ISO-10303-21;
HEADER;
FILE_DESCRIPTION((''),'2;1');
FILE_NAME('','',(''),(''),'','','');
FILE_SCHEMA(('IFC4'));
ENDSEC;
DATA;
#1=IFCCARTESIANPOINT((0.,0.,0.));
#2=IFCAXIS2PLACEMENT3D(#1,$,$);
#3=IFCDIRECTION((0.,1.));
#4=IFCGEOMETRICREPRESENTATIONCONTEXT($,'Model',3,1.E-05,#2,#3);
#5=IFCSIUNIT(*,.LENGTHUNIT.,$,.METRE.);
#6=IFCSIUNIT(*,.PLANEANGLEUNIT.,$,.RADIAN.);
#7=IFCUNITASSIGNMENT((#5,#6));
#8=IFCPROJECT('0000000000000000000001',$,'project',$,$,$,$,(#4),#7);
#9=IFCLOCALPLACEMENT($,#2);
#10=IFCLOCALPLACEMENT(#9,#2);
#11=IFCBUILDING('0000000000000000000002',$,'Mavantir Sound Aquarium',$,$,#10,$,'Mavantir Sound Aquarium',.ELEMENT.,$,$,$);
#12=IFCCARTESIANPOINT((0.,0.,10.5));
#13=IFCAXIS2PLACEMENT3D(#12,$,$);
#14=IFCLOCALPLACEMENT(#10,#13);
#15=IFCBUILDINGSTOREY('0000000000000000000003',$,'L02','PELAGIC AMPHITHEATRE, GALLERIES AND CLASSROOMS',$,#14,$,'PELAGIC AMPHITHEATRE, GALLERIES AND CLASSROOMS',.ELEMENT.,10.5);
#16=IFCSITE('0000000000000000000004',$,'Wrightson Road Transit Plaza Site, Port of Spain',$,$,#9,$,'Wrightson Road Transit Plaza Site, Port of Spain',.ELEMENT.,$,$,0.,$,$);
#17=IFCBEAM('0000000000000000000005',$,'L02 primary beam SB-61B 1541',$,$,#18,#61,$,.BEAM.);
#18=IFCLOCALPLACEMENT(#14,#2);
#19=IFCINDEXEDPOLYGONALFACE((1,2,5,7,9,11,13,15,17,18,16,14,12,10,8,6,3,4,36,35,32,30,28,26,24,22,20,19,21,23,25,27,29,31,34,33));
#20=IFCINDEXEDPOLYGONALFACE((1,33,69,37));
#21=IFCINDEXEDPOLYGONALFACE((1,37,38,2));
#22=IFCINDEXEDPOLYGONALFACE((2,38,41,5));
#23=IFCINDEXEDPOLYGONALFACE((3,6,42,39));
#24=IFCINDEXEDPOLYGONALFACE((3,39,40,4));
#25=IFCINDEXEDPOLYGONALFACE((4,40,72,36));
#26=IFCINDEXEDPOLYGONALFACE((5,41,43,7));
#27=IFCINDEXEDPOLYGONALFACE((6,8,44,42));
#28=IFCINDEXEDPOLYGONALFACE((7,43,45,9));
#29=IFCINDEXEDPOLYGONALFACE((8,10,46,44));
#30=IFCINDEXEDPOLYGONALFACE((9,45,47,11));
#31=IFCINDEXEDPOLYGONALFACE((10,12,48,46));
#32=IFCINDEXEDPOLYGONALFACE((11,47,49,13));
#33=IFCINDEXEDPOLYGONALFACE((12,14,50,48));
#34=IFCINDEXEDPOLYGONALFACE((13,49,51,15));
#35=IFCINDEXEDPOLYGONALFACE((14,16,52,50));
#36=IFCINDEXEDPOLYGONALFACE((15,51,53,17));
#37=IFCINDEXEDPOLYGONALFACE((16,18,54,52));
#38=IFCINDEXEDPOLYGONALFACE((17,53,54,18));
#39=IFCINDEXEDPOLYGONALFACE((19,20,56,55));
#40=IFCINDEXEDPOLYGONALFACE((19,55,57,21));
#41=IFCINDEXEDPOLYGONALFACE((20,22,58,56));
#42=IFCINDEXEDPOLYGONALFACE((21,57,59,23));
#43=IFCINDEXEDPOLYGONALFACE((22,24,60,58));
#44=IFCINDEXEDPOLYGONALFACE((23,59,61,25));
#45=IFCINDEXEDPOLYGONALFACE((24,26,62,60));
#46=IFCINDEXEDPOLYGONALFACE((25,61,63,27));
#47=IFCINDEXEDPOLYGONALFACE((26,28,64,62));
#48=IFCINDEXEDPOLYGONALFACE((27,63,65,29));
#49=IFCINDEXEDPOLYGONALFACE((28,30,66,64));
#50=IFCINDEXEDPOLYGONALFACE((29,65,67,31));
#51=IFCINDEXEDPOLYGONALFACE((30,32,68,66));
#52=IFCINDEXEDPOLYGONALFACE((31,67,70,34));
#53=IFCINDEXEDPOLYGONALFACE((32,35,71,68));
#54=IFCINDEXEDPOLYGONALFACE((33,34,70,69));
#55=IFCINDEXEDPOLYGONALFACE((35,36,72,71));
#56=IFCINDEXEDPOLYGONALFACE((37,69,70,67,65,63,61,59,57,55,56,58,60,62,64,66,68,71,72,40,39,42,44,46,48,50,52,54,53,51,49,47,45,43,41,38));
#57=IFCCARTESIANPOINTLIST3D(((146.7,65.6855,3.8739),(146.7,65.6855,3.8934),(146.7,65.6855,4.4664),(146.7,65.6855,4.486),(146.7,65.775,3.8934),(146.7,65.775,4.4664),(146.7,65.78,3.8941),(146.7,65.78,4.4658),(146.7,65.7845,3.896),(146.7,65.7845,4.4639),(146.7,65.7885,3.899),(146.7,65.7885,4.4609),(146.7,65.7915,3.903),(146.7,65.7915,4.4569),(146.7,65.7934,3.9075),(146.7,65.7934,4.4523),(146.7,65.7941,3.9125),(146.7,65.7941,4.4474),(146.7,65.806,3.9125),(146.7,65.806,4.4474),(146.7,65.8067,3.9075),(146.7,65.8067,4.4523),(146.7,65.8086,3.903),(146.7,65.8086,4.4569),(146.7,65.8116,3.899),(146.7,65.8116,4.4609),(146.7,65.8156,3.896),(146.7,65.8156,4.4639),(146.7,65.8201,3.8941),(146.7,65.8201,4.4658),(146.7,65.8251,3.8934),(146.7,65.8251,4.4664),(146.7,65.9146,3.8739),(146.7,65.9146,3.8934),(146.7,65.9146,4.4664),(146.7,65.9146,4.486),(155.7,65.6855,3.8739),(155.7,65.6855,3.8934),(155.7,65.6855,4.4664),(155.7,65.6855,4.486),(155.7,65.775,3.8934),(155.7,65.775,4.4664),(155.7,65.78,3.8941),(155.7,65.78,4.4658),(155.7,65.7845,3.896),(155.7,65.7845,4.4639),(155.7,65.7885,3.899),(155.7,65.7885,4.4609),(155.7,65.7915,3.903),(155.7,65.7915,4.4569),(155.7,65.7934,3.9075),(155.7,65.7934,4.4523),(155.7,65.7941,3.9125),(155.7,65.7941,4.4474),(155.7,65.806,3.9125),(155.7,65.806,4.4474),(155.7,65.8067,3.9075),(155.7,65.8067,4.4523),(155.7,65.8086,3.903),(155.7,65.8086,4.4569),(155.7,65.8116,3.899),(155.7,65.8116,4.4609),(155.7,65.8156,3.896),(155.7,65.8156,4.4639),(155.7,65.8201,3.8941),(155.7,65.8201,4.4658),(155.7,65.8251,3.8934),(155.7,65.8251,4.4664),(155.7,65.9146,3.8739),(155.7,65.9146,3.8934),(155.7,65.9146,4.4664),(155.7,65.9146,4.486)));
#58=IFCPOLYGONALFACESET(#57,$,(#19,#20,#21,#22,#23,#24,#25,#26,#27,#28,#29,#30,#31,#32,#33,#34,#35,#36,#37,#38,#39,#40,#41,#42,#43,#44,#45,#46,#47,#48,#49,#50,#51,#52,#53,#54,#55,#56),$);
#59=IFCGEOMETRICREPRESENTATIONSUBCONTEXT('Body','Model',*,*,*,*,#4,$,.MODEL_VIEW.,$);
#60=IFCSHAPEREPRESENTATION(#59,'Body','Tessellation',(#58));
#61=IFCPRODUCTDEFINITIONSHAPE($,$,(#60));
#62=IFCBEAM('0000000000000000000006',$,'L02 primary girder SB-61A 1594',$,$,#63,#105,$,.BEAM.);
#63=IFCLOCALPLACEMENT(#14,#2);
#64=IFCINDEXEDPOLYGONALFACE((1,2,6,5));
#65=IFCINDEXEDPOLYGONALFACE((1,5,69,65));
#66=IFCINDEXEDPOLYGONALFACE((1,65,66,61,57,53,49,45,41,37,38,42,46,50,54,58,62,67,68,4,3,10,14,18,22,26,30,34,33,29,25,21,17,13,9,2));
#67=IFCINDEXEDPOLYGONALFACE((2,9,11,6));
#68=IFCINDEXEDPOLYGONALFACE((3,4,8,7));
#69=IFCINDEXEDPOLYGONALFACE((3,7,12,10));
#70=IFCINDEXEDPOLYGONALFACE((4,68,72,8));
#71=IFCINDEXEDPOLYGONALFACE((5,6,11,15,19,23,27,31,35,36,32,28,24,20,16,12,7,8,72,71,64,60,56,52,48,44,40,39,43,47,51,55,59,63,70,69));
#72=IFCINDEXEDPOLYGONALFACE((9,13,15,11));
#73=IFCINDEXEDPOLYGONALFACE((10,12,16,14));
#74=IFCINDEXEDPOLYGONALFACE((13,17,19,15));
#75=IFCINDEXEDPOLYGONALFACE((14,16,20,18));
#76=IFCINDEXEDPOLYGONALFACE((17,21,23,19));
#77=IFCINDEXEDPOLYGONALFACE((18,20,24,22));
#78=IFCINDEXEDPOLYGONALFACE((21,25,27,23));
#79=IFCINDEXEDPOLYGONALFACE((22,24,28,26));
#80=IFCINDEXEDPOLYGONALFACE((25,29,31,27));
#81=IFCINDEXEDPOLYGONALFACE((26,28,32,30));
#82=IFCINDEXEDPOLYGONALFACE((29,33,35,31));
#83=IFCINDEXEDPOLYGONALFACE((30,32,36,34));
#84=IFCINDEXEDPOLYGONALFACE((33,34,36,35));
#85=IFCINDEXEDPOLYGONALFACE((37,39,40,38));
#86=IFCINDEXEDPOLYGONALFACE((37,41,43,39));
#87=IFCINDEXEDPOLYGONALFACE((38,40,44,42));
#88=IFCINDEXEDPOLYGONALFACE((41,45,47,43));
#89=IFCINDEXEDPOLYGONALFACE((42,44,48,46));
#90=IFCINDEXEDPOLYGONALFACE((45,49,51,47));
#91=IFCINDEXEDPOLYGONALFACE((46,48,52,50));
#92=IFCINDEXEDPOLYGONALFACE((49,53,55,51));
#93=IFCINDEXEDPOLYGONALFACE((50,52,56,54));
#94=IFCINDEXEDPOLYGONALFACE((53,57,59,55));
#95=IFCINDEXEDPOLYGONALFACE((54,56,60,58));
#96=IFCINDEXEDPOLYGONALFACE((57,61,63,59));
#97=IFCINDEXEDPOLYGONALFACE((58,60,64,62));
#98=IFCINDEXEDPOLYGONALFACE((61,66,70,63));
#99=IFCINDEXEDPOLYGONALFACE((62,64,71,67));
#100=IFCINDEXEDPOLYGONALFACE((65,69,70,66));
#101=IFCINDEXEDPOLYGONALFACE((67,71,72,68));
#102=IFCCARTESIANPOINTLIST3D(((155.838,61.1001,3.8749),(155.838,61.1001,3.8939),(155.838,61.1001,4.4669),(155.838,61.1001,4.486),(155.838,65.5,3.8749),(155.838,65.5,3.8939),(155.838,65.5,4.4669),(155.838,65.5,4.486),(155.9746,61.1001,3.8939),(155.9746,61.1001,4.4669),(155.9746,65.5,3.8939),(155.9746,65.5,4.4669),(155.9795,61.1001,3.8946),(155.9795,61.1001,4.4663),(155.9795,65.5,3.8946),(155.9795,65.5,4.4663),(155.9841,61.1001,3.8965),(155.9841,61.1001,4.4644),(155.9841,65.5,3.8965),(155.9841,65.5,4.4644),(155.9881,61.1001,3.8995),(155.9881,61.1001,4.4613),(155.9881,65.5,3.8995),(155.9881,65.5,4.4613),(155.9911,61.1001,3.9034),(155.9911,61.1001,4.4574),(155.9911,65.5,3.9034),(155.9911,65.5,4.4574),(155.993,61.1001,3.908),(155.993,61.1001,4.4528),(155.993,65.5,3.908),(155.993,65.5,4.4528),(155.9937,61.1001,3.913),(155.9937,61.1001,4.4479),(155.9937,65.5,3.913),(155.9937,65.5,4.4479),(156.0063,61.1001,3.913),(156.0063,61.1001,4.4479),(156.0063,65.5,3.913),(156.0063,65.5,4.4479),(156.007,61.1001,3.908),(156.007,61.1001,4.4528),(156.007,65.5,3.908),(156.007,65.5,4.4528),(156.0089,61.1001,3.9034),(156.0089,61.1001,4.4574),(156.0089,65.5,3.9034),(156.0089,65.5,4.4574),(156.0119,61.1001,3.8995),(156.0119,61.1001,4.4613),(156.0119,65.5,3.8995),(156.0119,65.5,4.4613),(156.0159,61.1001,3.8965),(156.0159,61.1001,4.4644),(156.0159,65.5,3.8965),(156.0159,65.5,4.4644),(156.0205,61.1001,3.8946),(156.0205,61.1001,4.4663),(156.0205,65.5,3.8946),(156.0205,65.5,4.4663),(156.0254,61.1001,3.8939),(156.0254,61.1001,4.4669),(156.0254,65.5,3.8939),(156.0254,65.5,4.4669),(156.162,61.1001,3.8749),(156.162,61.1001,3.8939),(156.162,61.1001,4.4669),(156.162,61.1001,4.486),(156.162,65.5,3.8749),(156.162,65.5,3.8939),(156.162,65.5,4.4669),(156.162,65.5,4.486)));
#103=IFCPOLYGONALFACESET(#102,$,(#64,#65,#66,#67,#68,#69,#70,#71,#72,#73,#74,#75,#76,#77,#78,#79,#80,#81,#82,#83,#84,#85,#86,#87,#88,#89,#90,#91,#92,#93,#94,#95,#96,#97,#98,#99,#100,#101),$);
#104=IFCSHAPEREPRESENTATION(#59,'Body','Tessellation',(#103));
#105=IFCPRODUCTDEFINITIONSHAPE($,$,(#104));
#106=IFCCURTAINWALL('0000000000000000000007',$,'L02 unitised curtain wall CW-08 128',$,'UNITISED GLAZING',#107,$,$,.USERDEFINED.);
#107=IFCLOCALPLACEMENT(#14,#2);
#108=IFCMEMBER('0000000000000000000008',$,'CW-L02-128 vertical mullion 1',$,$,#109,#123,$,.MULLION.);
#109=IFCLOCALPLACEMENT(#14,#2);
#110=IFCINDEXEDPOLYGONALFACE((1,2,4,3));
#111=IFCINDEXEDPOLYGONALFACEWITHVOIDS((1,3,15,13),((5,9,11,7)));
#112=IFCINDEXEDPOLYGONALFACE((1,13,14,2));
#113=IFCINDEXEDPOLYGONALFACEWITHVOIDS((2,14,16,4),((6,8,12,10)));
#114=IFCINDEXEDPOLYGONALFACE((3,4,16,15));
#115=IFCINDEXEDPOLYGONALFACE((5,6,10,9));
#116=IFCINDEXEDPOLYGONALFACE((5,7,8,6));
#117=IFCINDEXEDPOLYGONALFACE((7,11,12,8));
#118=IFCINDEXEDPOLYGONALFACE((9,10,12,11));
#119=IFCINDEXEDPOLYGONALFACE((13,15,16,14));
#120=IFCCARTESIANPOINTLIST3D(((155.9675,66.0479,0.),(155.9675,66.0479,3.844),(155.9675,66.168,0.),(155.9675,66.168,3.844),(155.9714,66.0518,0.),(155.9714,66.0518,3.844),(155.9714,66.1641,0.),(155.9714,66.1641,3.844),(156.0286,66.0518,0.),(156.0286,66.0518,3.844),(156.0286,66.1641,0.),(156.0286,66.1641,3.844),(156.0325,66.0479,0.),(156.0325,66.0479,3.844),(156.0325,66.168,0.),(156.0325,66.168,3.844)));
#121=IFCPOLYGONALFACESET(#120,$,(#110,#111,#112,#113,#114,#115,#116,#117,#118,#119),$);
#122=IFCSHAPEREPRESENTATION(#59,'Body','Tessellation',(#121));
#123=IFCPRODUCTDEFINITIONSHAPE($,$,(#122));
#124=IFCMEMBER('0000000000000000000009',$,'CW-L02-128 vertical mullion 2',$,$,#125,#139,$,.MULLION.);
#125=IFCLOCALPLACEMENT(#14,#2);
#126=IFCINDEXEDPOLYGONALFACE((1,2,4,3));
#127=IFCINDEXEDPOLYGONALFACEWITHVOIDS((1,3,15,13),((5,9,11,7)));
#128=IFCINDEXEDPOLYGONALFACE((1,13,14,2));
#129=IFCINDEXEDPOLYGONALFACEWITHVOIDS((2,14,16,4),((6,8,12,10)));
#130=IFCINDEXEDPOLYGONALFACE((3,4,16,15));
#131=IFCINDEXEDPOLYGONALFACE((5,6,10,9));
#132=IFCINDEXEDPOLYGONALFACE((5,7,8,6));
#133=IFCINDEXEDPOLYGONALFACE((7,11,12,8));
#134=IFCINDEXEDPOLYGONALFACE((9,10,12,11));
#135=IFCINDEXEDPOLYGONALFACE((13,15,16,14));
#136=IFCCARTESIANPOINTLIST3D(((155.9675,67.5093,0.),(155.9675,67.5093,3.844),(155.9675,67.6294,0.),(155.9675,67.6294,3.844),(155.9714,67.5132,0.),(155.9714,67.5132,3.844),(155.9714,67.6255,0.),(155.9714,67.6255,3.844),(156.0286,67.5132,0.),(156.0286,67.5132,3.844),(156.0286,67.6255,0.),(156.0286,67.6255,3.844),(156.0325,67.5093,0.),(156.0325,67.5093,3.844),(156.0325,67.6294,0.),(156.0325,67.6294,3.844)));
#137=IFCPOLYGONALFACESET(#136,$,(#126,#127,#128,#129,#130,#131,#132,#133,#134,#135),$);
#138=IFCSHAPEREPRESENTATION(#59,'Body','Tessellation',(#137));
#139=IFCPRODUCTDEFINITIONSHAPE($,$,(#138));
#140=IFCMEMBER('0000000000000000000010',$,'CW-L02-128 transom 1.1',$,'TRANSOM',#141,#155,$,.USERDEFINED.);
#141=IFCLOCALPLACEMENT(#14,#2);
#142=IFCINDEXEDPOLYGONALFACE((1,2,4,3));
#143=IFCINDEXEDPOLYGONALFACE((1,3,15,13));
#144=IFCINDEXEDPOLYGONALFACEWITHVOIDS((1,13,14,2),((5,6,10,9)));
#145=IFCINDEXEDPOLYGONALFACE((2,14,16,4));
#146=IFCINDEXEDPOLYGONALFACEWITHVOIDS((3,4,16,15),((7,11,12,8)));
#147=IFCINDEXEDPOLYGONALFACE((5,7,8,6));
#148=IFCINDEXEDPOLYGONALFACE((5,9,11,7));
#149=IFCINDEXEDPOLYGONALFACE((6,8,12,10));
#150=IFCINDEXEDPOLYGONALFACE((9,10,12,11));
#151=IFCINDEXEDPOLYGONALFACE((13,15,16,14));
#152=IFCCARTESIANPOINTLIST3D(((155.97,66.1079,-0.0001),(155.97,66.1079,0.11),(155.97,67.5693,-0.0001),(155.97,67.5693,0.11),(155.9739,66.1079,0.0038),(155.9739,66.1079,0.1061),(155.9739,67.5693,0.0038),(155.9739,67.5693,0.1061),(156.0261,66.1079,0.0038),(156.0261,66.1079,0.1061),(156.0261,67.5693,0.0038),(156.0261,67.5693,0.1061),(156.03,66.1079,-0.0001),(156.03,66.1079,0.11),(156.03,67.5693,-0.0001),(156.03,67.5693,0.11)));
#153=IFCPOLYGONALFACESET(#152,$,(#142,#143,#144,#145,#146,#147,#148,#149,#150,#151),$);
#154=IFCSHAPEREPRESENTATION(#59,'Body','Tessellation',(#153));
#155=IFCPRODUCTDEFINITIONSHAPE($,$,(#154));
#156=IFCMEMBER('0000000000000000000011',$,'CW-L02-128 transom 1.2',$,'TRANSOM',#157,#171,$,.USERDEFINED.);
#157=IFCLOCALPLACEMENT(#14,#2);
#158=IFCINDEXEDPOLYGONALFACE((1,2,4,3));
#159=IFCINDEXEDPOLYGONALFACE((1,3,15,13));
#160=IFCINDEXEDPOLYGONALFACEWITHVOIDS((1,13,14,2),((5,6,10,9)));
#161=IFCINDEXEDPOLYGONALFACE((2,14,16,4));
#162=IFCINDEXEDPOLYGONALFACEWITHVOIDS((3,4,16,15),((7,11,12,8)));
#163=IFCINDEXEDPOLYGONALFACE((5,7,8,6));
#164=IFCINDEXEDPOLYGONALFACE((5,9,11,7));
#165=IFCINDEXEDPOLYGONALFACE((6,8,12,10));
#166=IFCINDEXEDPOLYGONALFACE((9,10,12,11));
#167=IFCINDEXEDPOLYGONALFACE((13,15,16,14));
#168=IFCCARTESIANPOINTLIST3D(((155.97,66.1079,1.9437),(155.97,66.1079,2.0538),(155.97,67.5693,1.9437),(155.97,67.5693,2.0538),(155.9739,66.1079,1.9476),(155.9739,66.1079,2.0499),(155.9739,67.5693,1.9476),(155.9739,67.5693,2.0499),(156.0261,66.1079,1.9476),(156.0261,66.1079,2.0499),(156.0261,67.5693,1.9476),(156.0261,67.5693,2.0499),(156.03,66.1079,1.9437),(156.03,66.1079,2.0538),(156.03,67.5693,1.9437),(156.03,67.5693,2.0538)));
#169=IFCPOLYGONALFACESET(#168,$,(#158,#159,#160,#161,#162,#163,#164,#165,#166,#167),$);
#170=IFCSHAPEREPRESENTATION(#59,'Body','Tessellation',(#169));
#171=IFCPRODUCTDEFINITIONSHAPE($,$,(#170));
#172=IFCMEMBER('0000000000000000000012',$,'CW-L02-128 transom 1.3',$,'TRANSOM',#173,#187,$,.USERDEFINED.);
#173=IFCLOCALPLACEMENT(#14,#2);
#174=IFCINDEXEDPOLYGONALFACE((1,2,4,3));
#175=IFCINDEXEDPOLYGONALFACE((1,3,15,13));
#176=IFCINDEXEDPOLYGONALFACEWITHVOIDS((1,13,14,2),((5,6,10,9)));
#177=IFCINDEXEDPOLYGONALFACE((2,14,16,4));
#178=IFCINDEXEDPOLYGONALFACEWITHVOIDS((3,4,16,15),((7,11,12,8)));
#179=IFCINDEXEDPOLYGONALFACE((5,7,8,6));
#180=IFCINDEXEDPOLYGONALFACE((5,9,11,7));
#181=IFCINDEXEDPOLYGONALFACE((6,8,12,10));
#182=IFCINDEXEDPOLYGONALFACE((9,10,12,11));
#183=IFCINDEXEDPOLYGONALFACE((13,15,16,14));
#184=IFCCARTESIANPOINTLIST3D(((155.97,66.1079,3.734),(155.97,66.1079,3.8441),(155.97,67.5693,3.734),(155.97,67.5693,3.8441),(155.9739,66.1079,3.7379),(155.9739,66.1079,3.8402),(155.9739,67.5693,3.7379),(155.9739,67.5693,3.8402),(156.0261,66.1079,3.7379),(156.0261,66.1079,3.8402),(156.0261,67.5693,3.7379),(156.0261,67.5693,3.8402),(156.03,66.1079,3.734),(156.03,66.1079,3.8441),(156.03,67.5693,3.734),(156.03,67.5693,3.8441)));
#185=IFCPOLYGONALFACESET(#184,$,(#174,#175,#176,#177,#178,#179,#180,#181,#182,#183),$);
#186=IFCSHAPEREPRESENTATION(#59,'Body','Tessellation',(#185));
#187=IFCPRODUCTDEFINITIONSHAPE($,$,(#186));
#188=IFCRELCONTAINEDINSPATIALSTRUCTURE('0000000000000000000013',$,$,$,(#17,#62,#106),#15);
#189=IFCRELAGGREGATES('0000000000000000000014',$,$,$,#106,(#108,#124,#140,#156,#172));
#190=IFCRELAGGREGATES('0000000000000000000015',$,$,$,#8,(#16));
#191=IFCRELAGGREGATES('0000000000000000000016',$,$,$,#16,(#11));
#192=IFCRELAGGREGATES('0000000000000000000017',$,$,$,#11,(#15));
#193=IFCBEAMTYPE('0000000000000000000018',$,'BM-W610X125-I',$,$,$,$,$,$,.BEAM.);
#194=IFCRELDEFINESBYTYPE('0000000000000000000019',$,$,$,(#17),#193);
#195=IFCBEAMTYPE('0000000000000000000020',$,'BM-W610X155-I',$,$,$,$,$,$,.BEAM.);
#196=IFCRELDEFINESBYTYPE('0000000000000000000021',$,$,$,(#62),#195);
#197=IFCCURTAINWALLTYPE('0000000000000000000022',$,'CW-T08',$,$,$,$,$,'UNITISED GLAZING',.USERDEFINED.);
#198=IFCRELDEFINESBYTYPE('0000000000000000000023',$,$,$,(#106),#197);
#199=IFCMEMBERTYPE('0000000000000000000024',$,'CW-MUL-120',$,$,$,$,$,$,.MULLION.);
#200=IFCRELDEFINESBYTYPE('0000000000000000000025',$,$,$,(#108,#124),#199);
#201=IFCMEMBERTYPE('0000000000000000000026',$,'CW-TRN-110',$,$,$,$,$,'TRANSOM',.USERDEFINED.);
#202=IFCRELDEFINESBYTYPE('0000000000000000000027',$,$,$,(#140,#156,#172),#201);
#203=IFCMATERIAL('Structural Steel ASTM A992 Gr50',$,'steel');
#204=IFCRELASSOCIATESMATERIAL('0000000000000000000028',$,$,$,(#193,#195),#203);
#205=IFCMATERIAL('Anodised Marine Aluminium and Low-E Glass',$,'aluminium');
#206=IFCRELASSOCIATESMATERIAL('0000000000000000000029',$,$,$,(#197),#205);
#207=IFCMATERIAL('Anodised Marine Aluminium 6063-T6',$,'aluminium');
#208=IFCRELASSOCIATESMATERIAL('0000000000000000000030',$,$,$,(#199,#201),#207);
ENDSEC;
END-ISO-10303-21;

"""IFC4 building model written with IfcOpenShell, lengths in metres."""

from ifc_helpers import new_model, si_unit, direction, frame, origin, origin_2d, place, context, subcontext, project, spatial, hollow_rectangle, i_section, extrude, material, material_profile, profile_set, type_object, element, aggregate, save


model = new_model("IFC4")

# Units and contexts
model_context = context("Model", 3, precision=1e-05, world=origin(), true_north=direction((0.0, 1.0)))
body_context = subcontext(model_context, "Body", "Model", "MODEL_VIEW")
ifc_project = project(units=[si_unit("LENGTHUNIT", "METRE"), si_unit("PLANEANGLEUNIT", "RADIAN")], contexts=[model_context])

# Site, building, storey
site_placement = place(None, origin())
site = spatial("IfcSite", under=ifc_project, at=site_placement, Name="Wrightson Road Transit Plaza Site, Port of Spain", LongName="Wrightson Road Transit Plaza Site, Port of Spain", CompositionType="ELEMENT", RefElevation=0.0)
building_placement = place(site_placement, origin())
building = spatial("IfcBuilding", under=site, at=building_placement, Name="Mavantir Sound Aquarium", LongName="Mavantir Sound Aquarium", CompositionType="ELEMENT")
storey_placement = place(building_placement, frame((0.0, 0.0, 10.5)))
storey = spatial("IfcBuildingStorey", under=building, at=storey_placement, Name="L02", Description="PELAGIC AMPHITHEATRE, GALLERIES AND CLASSROOMS", LongName="PELAGIC AMPHITHEATRE, GALLERIES AND CLASSROOMS", CompositionType="ELEMENT", Elevation=10.5)

# Beams
ifc_material_1 = material(Name="Structural Steel ASTM A992 Gr50", Category="steel")
ifc_material_profile_1 = material_profile(ifc_material_1, i_section(OverallWidth=0.229, OverallDepth=0.6121, WebThickness=0.012, FlangeThickness=0.0195, FilletRadius=0.019, at=origin_2d()), Name="W610X125")
ifc_profile_set_1 = profile_set([ifc_material_profile_1], Name="Structural Steel ASTM A992 Gr50")
beam_type_1 = type_object("IfcBeamType", Name="BM-W610X125-I", PredefinedType="BEAM", material=ifc_profile_set_1)
beam_1_placement = place(storey_placement, frame((146.7, 65.8, 4.1799), z_axis=(1.0, 0.0, 0.0), x_axis=(0.0, 1.0, 0.0)))
element("IfcBeam", 1, at=beam_1_placement, inside=storey, type_object=beam_type_1, Name="L02 primary beam SB-61B 1541", PredefinedType="BEAM", context=body_context, shape_type="SweptSolid", body=[
    extrude(i_section(OverallWidth=0.229, OverallDepth=0.6121, WebThickness=0.012, FlangeThickness=0.0195, FilletRadius=0.019, at=origin_2d()), origin(), (0.0, 0.0, 1.0), 9.0),
])
ifc_material_profile_2 = material_profile(ifc_material_1, i_section(OverallWidth=0.324, OverallDepth=0.6111, WebThickness=0.0127, FlangeThickness=0.019, FilletRadius=0.019, at=origin_2d()), Name="W610X155")
ifc_profile_set_2 = profile_set([ifc_material_profile_2], Name="Structural Steel ASTM A992 Gr50")
beam_type_2 = type_object("IfcBeamType", Name="BM-W610X155-I", PredefinedType="BEAM", material=ifc_profile_set_2)
beam_2_placement = place(storey_placement, frame((156.0, 61.1001, 4.1804), z_axis=(0.0, 1.0, 0.0), x_axis=(-1.0, 0.0, 0.0)))
element("IfcBeam", 2, at=beam_2_placement, inside=storey, type_object=beam_type_2, Name="L02 primary girder SB-61A 1594", PredefinedType="BEAM", context=body_context, shape_type="SweptSolid", body=[
    extrude(i_section(OverallWidth=0.324, OverallDepth=0.6111, WebThickness=0.0127, FlangeThickness=0.019, FilletRadius=0.019, at=origin_2d()), origin(), (0.0, 0.0, 1.0), 4.3999),
])

# Curtain wall, members
ifc_material_2 = material(Name="Anodised Marine Aluminium and Low-E Glass", Category="aluminium")
curtain_wall_type = type_object("IfcCurtainWallType", Name="CW-T08", ElementType="UNITISED GLAZING", PredefinedType="USERDEFINED", material=ifc_material_2)
curtain_wall_placement = place(storey_placement, origin())
curtain_wall = element("IfcCurtainWall", 3, at=curtain_wall_placement, inside=storey, type_object=curtain_wall_type, Name="L02 unitised curtain wall CW-08 128", ObjectType="UNITISED GLAZING", PredefinedType="USERDEFINED")
ifc_material_3 = material(Name="Anodised Marine Aluminium 6063-T6", Category="aluminium")
ifc_material_profile_3 = material_profile(ifc_material_3, hollow_rectangle(XDim=0.0649, YDim=0.1201, WallThickness=0.0039, at=origin_2d()), Name="ALU-MULLION-120X65")
ifc_profile_set_3 = profile_set([ifc_material_profile_3], Name="Anodised Marine Aluminium 6063-T6")
member_type_1 = type_object("IfcMemberType", Name="CW-MUL-120", PredefinedType="MULLION", material=ifc_profile_set_3)
member_1_placement = place(storey_placement, frame((156.0, 66.1079, 0.0), z_axis=(0.0, 0.0, 1.0), x_axis=(1.0, 0.0, 0.0)))
member_1 = element("IfcMember", 4, at=member_1_placement, type_object=member_type_1, Name="CW-L02-128 vertical mullion 1", PredefinedType="MULLION", context=body_context, shape_type="SweptSolid", body=[
    extrude(hollow_rectangle(XDim=0.0649, YDim=0.1201, WallThickness=0.0039, at=origin_2d()), origin(), (0.0, 0.0, 1.0), 3.844),
])
member_2_placement = place(storey_placement, frame((156.0, 67.5693, 0.0), z_axis=(0.0, 0.0, 1.0), x_axis=(1.0, 0.0, 0.0)))
member_2 = element("IfcMember", 5, at=member_2_placement, type_object=member_type_1, Name="CW-L02-128 vertical mullion 2", PredefinedType="MULLION", context=body_context, shape_type="SweptSolid", body=[
    extrude(hollow_rectangle(XDim=0.0649, YDim=0.1201, WallThickness=0.0039, at=origin_2d()), origin(), (0.0, 0.0, 1.0), 3.844),
])
ifc_material_profile_4 = material_profile(ifc_material_3, hollow_rectangle(XDim=0.0601, YDim=0.1101, WallThickness=0.0039, at=origin_2d()), Name="ALU-TRANSOM-110X60")
ifc_profile_set_4 = profile_set([ifc_material_profile_4], Name="Anodised Marine Aluminium 6063-T6")
member_type_2 = type_object("IfcMemberType", Name="CW-TRN-110", ElementType="TRANSOM", PredefinedType="USERDEFINED", material=ifc_profile_set_4)
member_3_placement = place(storey_placement, frame((156.0, 66.1079, 0.0549), z_axis=(0.0, 1.0, 0.0), x_axis=(-1.0, 0.0, 0.0)))
member_3 = element("IfcMember", 6, at=member_3_placement, type_object=member_type_2, Name="CW-L02-128 transom 1.1", ObjectType="TRANSOM", PredefinedType="USERDEFINED", context=body_context, shape_type="SweptSolid", body=[
    extrude(hollow_rectangle(XDim=0.0601, YDim=0.1101, WallThickness=0.0039, at=origin_2d()), origin(), (0.0, 0.0, 1.0), 1.4614),
])
member_4_placement = place(storey_placement, frame((156.0, 66.1079, 1.9988), z_axis=(0.0, 1.0, 0.0), x_axis=(-1.0, 0.0, 0.0)))
member_4 = element("IfcMember", 7, at=member_4_placement, type_object=member_type_2, Name="CW-L02-128 transom 1.2", ObjectType="TRANSOM", PredefinedType="USERDEFINED", context=body_context, shape_type="SweptSolid", body=[
    extrude(hollow_rectangle(XDim=0.0601, YDim=0.1101, WallThickness=0.0039, at=origin_2d()), origin(), (0.0, 0.0, 1.0), 1.4614),
])
member_5_placement = place(storey_placement, frame((156.0, 66.1079, 3.7891), z_axis=(0.0, 1.0, 0.0), x_axis=(-1.0, 0.0, 0.0)))
member_5 = element("IfcMember", 8, at=member_5_placement, type_object=member_type_2, Name="CW-L02-128 transom 1.3", ObjectType="TRANSOM", PredefinedType="USERDEFINED", context=body_context, shape_type="SweptSolid", body=[
    extrude(hollow_rectangle(XDim=0.0601, YDim=0.1101, WallThickness=0.0039, at=origin_2d()), origin(), (0.0, 0.0, 1.0), 1.4614),
])
aggregate(curtain_wall, [member_1, member_2, member_3, member_4, member_5])

save(model, "model.ifc")
